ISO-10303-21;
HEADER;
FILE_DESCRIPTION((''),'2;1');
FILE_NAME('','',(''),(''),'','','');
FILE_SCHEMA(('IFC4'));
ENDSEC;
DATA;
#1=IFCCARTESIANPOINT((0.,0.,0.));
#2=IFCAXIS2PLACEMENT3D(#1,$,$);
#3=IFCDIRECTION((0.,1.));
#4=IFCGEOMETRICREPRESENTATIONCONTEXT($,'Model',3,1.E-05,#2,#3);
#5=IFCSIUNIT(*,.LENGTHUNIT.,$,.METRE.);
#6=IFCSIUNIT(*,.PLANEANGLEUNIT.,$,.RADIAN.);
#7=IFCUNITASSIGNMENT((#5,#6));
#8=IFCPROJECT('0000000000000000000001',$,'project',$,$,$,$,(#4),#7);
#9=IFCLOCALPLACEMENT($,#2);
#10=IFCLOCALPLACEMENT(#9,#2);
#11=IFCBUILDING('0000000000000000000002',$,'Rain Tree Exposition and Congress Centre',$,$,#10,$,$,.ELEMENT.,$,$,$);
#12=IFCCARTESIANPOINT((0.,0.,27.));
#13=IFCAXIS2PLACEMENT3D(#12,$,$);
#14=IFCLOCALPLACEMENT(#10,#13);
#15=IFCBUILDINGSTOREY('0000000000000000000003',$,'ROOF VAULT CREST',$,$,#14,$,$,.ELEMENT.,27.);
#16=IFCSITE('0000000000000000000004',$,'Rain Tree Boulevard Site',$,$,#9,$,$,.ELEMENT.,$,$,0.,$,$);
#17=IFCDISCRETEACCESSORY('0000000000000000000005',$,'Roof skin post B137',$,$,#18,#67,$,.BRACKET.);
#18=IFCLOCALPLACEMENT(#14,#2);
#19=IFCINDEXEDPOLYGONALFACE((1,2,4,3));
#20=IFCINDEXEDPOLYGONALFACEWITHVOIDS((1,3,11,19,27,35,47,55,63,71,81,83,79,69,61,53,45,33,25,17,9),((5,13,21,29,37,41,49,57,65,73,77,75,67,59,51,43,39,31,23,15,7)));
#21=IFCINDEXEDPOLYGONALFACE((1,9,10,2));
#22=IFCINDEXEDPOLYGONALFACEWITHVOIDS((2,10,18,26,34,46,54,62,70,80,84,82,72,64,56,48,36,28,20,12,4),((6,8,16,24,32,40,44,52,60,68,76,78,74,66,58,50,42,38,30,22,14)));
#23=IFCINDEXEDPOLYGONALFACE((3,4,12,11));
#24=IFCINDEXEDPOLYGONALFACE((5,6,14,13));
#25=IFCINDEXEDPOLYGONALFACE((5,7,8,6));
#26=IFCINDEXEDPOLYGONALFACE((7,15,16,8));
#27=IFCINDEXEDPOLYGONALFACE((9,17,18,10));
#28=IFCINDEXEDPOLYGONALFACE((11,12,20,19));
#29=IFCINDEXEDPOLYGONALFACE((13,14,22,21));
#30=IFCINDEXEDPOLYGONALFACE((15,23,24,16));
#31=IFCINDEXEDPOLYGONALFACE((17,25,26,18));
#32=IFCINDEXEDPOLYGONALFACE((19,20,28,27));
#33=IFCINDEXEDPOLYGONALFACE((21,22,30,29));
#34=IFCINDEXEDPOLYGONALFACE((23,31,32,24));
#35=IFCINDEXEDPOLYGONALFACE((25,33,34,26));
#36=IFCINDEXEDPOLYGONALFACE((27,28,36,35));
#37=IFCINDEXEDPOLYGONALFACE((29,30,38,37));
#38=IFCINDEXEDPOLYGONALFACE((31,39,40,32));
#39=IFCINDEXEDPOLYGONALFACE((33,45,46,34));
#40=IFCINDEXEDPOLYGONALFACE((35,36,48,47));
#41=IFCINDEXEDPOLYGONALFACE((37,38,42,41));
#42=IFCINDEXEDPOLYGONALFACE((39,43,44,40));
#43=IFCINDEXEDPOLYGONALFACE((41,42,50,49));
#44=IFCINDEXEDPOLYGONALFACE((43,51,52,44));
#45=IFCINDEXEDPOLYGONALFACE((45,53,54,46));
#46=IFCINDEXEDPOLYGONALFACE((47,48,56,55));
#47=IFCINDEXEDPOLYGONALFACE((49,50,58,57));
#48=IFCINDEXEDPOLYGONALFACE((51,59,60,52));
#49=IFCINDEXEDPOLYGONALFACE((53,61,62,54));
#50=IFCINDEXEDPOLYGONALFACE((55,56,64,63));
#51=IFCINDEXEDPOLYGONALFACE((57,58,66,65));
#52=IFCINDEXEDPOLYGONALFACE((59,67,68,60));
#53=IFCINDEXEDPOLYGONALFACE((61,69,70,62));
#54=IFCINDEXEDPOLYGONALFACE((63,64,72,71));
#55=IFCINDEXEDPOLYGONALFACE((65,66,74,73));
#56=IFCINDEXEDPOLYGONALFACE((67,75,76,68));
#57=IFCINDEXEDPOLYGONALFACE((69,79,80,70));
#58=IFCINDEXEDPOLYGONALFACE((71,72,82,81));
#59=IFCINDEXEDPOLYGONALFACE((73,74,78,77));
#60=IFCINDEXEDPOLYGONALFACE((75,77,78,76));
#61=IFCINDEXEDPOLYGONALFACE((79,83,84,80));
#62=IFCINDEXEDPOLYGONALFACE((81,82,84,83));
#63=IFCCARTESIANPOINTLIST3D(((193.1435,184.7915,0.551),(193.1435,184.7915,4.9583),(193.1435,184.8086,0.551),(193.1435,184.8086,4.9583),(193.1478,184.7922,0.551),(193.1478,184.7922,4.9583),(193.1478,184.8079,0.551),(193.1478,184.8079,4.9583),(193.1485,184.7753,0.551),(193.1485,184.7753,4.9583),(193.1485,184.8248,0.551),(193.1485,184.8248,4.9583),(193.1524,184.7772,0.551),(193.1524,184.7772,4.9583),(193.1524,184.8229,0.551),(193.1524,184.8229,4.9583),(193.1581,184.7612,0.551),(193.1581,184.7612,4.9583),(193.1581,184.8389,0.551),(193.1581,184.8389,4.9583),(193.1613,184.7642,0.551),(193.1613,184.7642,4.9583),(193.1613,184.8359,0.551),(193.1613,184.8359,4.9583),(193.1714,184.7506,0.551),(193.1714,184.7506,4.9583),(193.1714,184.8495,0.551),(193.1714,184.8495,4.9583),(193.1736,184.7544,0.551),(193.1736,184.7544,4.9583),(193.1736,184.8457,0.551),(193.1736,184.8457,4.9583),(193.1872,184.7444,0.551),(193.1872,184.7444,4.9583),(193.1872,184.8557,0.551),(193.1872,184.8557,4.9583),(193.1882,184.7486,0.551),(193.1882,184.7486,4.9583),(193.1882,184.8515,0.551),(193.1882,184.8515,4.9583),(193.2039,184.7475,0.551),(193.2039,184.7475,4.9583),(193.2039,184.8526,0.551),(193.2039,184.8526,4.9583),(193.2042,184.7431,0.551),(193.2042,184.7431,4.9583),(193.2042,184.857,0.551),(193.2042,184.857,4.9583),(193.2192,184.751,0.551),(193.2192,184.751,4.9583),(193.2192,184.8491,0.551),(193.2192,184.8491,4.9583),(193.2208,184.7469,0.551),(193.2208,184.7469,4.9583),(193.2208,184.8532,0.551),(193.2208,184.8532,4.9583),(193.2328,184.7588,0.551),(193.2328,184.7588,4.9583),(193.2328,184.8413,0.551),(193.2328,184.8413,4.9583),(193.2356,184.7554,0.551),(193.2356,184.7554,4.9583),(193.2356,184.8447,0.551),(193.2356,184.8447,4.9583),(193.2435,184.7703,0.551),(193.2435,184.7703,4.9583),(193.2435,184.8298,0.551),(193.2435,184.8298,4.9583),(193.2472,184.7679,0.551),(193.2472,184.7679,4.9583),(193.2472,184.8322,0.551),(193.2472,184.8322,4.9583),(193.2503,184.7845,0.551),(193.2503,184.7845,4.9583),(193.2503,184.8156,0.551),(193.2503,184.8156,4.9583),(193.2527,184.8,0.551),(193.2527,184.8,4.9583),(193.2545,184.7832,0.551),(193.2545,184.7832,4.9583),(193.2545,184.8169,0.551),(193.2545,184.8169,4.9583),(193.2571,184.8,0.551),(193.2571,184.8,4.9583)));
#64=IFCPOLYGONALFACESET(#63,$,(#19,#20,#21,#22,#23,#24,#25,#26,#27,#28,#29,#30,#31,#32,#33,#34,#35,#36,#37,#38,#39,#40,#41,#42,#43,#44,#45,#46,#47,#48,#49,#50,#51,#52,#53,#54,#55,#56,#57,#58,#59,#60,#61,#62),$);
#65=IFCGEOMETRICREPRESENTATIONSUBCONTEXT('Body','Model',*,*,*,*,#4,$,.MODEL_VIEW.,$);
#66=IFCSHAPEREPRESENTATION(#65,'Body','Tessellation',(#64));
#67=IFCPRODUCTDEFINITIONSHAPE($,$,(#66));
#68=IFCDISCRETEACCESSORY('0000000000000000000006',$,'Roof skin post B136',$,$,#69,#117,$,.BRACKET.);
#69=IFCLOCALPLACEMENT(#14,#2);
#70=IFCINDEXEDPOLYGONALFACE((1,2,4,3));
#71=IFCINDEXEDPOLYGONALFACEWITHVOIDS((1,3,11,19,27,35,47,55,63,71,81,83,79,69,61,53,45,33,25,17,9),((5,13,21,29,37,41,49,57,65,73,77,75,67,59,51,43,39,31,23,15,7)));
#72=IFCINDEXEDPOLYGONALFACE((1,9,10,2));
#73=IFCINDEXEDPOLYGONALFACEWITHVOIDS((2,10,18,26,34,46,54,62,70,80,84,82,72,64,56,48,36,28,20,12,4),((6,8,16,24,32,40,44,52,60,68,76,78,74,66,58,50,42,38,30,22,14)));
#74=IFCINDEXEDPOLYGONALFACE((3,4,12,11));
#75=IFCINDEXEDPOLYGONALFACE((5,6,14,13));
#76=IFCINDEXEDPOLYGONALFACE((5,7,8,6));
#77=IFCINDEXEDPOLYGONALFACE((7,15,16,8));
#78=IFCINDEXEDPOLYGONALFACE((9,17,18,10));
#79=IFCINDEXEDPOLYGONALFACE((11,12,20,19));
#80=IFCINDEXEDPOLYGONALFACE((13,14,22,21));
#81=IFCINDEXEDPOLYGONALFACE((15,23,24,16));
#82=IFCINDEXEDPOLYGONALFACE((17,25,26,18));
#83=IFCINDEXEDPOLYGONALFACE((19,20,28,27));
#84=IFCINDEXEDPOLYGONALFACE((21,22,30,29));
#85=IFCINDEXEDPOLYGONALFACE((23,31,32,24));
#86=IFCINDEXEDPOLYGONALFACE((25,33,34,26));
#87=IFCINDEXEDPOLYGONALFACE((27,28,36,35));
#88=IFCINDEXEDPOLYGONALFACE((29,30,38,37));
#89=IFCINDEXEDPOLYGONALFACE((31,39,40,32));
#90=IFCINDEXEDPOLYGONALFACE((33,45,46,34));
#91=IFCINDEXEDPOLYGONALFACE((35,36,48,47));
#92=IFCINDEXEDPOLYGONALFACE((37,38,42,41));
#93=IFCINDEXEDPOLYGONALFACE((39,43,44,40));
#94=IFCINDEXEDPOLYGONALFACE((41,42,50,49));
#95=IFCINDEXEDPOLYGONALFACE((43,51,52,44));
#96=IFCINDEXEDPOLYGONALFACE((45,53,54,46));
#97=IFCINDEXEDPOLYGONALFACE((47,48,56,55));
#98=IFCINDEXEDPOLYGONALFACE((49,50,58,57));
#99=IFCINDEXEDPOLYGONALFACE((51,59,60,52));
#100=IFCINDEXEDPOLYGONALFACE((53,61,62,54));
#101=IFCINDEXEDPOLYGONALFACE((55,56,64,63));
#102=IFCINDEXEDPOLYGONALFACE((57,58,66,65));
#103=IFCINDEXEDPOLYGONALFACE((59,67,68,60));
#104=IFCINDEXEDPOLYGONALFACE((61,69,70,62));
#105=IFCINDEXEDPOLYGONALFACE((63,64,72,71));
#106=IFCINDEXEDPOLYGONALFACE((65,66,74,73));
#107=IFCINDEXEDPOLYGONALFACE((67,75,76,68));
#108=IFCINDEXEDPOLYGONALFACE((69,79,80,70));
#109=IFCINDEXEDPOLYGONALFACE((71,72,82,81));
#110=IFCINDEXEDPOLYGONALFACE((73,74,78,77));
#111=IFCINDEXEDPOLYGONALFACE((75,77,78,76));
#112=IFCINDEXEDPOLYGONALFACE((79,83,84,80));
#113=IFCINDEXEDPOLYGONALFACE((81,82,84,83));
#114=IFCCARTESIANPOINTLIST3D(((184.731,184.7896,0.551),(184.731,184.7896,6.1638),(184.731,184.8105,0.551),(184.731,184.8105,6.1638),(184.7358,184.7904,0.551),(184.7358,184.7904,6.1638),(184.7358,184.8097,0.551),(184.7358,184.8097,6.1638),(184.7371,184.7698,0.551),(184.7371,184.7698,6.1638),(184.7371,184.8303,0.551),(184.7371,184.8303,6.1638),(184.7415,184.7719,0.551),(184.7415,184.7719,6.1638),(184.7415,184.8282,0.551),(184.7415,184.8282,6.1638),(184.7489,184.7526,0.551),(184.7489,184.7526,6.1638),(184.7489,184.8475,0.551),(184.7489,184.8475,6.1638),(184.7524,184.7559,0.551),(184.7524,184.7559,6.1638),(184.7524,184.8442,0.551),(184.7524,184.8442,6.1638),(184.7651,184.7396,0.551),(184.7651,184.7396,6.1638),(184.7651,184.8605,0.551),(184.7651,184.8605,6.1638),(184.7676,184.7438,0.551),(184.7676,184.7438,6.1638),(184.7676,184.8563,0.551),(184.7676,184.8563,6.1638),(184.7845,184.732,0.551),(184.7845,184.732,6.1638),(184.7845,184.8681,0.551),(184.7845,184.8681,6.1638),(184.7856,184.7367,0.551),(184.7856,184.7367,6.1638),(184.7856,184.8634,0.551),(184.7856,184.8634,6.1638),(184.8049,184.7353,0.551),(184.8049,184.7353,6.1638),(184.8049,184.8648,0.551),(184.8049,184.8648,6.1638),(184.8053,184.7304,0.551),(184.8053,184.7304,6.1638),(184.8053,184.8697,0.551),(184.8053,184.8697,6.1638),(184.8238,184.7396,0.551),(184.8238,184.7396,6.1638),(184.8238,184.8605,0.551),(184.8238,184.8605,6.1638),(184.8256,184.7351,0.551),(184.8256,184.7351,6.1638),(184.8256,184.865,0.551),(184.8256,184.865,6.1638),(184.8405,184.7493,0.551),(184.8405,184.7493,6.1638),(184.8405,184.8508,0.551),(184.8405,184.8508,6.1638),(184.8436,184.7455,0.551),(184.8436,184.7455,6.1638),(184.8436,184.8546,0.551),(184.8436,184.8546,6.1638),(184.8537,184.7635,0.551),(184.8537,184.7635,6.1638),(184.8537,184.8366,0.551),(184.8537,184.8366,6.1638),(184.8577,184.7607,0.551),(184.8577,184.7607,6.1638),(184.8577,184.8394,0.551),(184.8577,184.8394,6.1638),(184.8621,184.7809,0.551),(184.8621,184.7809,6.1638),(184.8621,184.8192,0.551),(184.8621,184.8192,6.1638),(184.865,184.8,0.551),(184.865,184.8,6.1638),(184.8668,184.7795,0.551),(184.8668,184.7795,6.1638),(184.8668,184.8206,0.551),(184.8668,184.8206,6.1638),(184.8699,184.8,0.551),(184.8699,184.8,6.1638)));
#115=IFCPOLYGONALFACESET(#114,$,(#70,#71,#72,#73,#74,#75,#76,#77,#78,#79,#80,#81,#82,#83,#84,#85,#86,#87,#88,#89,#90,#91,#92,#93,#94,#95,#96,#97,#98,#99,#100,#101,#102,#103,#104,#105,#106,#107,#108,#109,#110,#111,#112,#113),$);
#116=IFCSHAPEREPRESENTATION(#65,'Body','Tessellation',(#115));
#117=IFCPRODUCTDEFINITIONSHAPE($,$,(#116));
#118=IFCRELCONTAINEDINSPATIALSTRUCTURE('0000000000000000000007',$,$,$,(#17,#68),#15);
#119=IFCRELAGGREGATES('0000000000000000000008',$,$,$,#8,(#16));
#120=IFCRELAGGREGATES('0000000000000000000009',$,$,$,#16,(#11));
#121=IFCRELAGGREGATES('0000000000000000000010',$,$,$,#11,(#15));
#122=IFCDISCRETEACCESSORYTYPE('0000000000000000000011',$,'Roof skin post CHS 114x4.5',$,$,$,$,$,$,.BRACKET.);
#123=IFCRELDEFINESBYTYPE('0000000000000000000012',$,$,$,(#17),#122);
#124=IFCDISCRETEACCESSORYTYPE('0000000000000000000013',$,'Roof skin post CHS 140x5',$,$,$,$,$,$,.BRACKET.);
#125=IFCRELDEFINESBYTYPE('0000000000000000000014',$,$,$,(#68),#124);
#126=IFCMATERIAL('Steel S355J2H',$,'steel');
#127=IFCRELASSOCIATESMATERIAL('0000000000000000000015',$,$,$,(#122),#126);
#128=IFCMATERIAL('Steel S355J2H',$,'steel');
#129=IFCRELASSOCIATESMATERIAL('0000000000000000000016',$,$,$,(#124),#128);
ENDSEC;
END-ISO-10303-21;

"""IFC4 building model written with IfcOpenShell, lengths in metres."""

from ifc_helpers import new_model, si_unit, direction, frame, origin, origin_2d, place, context, subcontext, project, spatial, hollow_circle, extrude, material, material_profile, profile_set, type_object, element, save


model = new_model("IFC4")

# Units and contexts
model_context = context("Model", 3, precision=1e-05, world=origin(), true_north=direction((0.0, 1.0)))
body_context = subcontext(model_context, "Body", "Model", "MODEL_VIEW")
ifc_project = project(units=[si_unit("LENGTHUNIT", "METRE"), si_unit("PLANEANGLEUNIT", "RADIAN")], contexts=[model_context])

# Site, building, storey
site_placement = place(None, origin())
site = spatial("IfcSite", under=ifc_project, at=site_placement, Name="Rain Tree Boulevard Site", CompositionType="ELEMENT", RefElevation=0.0)
building_placement = place(site_placement, origin())
building = spatial("IfcBuilding", under=site, at=building_placement, Name="Rain Tree Exposition and Congress Centre", CompositionType="ELEMENT")
storey_placement = place(building_placement, frame((0.0, 0.0, 27.0)))
storey = spatial("IfcBuildingStorey", under=building, at=storey_placement, Name="ROOF VAULT CREST", CompositionType="ELEMENT", Elevation=27.0)

# Discrete accessories
ifc_material_1 = material(Name="Steel S355J2H", Category="steel")
ifc_material_profile_1 = material_profile(ifc_material_1, hollow_circle(Radius=0.0571, WallThickness=0.0044, at=origin_2d()), Name="CHS 114x4.5")
ifc_profile_set_1 = profile_set([ifc_material_profile_1], Name="Steel S355J2H")
discrete_accessory_type_1 = type_object("IfcDiscreteAccessoryType", Name="Roof skin post CHS 114x4.5", PredefinedType="BRACKET", material=ifc_profile_set_1)
discrete_accessory_1_placement = place(storey_placement, frame((193.2, 184.8, 0.551), z_axis=(0.0, 0.0, 1.0), x_axis=(1.0, 0.0, 0.0)))
element("IfcDiscreteAccessory", 1, at=discrete_accessory_1_placement, inside=storey, type_object=discrete_accessory_type_1, Name="Roof skin post B137", PredefinedType="BRACKET", context=body_context, shape_type="SweptSolid", body=[
    extrude(hollow_circle(Radius=0.0571, WallThickness=0.0044, at=origin_2d()), origin(), (0.0, 0.0, 1.0), 4.4072),
])
ifc_material_2 = material(Name="Steel S355J2H", Category="steel")
ifc_material_profile_2 = material_profile(ifc_material_2, hollow_circle(Radius=0.0698, WallThickness=0.0049, at=origin_2d()), Name="CHS 140x5")
ifc_profile_set_2 = profile_set([ifc_material_profile_2], Name="Steel S355J2H")
discrete_accessory_type_2 = type_object("IfcDiscreteAccessoryType", Name="Roof skin post CHS 140x5", PredefinedType="BRACKET", material=ifc_profile_set_2)
discrete_accessory_2_placement = place(storey_placement, frame((184.8, 184.8, 0.551), z_axis=(0.0, 0.0, 1.0), x_axis=(1.0, 0.0, 0.0)))
element("IfcDiscreteAccessory", 2, at=discrete_accessory_2_placement, inside=storey, type_object=discrete_accessory_type_2, Name="Roof skin post B136", PredefinedType="BRACKET", context=body_context, shape_type="SweptSolid", body=[
    extrude(hollow_circle(Radius=0.0698, WallThickness=0.0049, at=origin_2d()), origin(), (0.0, 0.0, 1.0), 5.6128),
])

save(model, "model.ifc")
